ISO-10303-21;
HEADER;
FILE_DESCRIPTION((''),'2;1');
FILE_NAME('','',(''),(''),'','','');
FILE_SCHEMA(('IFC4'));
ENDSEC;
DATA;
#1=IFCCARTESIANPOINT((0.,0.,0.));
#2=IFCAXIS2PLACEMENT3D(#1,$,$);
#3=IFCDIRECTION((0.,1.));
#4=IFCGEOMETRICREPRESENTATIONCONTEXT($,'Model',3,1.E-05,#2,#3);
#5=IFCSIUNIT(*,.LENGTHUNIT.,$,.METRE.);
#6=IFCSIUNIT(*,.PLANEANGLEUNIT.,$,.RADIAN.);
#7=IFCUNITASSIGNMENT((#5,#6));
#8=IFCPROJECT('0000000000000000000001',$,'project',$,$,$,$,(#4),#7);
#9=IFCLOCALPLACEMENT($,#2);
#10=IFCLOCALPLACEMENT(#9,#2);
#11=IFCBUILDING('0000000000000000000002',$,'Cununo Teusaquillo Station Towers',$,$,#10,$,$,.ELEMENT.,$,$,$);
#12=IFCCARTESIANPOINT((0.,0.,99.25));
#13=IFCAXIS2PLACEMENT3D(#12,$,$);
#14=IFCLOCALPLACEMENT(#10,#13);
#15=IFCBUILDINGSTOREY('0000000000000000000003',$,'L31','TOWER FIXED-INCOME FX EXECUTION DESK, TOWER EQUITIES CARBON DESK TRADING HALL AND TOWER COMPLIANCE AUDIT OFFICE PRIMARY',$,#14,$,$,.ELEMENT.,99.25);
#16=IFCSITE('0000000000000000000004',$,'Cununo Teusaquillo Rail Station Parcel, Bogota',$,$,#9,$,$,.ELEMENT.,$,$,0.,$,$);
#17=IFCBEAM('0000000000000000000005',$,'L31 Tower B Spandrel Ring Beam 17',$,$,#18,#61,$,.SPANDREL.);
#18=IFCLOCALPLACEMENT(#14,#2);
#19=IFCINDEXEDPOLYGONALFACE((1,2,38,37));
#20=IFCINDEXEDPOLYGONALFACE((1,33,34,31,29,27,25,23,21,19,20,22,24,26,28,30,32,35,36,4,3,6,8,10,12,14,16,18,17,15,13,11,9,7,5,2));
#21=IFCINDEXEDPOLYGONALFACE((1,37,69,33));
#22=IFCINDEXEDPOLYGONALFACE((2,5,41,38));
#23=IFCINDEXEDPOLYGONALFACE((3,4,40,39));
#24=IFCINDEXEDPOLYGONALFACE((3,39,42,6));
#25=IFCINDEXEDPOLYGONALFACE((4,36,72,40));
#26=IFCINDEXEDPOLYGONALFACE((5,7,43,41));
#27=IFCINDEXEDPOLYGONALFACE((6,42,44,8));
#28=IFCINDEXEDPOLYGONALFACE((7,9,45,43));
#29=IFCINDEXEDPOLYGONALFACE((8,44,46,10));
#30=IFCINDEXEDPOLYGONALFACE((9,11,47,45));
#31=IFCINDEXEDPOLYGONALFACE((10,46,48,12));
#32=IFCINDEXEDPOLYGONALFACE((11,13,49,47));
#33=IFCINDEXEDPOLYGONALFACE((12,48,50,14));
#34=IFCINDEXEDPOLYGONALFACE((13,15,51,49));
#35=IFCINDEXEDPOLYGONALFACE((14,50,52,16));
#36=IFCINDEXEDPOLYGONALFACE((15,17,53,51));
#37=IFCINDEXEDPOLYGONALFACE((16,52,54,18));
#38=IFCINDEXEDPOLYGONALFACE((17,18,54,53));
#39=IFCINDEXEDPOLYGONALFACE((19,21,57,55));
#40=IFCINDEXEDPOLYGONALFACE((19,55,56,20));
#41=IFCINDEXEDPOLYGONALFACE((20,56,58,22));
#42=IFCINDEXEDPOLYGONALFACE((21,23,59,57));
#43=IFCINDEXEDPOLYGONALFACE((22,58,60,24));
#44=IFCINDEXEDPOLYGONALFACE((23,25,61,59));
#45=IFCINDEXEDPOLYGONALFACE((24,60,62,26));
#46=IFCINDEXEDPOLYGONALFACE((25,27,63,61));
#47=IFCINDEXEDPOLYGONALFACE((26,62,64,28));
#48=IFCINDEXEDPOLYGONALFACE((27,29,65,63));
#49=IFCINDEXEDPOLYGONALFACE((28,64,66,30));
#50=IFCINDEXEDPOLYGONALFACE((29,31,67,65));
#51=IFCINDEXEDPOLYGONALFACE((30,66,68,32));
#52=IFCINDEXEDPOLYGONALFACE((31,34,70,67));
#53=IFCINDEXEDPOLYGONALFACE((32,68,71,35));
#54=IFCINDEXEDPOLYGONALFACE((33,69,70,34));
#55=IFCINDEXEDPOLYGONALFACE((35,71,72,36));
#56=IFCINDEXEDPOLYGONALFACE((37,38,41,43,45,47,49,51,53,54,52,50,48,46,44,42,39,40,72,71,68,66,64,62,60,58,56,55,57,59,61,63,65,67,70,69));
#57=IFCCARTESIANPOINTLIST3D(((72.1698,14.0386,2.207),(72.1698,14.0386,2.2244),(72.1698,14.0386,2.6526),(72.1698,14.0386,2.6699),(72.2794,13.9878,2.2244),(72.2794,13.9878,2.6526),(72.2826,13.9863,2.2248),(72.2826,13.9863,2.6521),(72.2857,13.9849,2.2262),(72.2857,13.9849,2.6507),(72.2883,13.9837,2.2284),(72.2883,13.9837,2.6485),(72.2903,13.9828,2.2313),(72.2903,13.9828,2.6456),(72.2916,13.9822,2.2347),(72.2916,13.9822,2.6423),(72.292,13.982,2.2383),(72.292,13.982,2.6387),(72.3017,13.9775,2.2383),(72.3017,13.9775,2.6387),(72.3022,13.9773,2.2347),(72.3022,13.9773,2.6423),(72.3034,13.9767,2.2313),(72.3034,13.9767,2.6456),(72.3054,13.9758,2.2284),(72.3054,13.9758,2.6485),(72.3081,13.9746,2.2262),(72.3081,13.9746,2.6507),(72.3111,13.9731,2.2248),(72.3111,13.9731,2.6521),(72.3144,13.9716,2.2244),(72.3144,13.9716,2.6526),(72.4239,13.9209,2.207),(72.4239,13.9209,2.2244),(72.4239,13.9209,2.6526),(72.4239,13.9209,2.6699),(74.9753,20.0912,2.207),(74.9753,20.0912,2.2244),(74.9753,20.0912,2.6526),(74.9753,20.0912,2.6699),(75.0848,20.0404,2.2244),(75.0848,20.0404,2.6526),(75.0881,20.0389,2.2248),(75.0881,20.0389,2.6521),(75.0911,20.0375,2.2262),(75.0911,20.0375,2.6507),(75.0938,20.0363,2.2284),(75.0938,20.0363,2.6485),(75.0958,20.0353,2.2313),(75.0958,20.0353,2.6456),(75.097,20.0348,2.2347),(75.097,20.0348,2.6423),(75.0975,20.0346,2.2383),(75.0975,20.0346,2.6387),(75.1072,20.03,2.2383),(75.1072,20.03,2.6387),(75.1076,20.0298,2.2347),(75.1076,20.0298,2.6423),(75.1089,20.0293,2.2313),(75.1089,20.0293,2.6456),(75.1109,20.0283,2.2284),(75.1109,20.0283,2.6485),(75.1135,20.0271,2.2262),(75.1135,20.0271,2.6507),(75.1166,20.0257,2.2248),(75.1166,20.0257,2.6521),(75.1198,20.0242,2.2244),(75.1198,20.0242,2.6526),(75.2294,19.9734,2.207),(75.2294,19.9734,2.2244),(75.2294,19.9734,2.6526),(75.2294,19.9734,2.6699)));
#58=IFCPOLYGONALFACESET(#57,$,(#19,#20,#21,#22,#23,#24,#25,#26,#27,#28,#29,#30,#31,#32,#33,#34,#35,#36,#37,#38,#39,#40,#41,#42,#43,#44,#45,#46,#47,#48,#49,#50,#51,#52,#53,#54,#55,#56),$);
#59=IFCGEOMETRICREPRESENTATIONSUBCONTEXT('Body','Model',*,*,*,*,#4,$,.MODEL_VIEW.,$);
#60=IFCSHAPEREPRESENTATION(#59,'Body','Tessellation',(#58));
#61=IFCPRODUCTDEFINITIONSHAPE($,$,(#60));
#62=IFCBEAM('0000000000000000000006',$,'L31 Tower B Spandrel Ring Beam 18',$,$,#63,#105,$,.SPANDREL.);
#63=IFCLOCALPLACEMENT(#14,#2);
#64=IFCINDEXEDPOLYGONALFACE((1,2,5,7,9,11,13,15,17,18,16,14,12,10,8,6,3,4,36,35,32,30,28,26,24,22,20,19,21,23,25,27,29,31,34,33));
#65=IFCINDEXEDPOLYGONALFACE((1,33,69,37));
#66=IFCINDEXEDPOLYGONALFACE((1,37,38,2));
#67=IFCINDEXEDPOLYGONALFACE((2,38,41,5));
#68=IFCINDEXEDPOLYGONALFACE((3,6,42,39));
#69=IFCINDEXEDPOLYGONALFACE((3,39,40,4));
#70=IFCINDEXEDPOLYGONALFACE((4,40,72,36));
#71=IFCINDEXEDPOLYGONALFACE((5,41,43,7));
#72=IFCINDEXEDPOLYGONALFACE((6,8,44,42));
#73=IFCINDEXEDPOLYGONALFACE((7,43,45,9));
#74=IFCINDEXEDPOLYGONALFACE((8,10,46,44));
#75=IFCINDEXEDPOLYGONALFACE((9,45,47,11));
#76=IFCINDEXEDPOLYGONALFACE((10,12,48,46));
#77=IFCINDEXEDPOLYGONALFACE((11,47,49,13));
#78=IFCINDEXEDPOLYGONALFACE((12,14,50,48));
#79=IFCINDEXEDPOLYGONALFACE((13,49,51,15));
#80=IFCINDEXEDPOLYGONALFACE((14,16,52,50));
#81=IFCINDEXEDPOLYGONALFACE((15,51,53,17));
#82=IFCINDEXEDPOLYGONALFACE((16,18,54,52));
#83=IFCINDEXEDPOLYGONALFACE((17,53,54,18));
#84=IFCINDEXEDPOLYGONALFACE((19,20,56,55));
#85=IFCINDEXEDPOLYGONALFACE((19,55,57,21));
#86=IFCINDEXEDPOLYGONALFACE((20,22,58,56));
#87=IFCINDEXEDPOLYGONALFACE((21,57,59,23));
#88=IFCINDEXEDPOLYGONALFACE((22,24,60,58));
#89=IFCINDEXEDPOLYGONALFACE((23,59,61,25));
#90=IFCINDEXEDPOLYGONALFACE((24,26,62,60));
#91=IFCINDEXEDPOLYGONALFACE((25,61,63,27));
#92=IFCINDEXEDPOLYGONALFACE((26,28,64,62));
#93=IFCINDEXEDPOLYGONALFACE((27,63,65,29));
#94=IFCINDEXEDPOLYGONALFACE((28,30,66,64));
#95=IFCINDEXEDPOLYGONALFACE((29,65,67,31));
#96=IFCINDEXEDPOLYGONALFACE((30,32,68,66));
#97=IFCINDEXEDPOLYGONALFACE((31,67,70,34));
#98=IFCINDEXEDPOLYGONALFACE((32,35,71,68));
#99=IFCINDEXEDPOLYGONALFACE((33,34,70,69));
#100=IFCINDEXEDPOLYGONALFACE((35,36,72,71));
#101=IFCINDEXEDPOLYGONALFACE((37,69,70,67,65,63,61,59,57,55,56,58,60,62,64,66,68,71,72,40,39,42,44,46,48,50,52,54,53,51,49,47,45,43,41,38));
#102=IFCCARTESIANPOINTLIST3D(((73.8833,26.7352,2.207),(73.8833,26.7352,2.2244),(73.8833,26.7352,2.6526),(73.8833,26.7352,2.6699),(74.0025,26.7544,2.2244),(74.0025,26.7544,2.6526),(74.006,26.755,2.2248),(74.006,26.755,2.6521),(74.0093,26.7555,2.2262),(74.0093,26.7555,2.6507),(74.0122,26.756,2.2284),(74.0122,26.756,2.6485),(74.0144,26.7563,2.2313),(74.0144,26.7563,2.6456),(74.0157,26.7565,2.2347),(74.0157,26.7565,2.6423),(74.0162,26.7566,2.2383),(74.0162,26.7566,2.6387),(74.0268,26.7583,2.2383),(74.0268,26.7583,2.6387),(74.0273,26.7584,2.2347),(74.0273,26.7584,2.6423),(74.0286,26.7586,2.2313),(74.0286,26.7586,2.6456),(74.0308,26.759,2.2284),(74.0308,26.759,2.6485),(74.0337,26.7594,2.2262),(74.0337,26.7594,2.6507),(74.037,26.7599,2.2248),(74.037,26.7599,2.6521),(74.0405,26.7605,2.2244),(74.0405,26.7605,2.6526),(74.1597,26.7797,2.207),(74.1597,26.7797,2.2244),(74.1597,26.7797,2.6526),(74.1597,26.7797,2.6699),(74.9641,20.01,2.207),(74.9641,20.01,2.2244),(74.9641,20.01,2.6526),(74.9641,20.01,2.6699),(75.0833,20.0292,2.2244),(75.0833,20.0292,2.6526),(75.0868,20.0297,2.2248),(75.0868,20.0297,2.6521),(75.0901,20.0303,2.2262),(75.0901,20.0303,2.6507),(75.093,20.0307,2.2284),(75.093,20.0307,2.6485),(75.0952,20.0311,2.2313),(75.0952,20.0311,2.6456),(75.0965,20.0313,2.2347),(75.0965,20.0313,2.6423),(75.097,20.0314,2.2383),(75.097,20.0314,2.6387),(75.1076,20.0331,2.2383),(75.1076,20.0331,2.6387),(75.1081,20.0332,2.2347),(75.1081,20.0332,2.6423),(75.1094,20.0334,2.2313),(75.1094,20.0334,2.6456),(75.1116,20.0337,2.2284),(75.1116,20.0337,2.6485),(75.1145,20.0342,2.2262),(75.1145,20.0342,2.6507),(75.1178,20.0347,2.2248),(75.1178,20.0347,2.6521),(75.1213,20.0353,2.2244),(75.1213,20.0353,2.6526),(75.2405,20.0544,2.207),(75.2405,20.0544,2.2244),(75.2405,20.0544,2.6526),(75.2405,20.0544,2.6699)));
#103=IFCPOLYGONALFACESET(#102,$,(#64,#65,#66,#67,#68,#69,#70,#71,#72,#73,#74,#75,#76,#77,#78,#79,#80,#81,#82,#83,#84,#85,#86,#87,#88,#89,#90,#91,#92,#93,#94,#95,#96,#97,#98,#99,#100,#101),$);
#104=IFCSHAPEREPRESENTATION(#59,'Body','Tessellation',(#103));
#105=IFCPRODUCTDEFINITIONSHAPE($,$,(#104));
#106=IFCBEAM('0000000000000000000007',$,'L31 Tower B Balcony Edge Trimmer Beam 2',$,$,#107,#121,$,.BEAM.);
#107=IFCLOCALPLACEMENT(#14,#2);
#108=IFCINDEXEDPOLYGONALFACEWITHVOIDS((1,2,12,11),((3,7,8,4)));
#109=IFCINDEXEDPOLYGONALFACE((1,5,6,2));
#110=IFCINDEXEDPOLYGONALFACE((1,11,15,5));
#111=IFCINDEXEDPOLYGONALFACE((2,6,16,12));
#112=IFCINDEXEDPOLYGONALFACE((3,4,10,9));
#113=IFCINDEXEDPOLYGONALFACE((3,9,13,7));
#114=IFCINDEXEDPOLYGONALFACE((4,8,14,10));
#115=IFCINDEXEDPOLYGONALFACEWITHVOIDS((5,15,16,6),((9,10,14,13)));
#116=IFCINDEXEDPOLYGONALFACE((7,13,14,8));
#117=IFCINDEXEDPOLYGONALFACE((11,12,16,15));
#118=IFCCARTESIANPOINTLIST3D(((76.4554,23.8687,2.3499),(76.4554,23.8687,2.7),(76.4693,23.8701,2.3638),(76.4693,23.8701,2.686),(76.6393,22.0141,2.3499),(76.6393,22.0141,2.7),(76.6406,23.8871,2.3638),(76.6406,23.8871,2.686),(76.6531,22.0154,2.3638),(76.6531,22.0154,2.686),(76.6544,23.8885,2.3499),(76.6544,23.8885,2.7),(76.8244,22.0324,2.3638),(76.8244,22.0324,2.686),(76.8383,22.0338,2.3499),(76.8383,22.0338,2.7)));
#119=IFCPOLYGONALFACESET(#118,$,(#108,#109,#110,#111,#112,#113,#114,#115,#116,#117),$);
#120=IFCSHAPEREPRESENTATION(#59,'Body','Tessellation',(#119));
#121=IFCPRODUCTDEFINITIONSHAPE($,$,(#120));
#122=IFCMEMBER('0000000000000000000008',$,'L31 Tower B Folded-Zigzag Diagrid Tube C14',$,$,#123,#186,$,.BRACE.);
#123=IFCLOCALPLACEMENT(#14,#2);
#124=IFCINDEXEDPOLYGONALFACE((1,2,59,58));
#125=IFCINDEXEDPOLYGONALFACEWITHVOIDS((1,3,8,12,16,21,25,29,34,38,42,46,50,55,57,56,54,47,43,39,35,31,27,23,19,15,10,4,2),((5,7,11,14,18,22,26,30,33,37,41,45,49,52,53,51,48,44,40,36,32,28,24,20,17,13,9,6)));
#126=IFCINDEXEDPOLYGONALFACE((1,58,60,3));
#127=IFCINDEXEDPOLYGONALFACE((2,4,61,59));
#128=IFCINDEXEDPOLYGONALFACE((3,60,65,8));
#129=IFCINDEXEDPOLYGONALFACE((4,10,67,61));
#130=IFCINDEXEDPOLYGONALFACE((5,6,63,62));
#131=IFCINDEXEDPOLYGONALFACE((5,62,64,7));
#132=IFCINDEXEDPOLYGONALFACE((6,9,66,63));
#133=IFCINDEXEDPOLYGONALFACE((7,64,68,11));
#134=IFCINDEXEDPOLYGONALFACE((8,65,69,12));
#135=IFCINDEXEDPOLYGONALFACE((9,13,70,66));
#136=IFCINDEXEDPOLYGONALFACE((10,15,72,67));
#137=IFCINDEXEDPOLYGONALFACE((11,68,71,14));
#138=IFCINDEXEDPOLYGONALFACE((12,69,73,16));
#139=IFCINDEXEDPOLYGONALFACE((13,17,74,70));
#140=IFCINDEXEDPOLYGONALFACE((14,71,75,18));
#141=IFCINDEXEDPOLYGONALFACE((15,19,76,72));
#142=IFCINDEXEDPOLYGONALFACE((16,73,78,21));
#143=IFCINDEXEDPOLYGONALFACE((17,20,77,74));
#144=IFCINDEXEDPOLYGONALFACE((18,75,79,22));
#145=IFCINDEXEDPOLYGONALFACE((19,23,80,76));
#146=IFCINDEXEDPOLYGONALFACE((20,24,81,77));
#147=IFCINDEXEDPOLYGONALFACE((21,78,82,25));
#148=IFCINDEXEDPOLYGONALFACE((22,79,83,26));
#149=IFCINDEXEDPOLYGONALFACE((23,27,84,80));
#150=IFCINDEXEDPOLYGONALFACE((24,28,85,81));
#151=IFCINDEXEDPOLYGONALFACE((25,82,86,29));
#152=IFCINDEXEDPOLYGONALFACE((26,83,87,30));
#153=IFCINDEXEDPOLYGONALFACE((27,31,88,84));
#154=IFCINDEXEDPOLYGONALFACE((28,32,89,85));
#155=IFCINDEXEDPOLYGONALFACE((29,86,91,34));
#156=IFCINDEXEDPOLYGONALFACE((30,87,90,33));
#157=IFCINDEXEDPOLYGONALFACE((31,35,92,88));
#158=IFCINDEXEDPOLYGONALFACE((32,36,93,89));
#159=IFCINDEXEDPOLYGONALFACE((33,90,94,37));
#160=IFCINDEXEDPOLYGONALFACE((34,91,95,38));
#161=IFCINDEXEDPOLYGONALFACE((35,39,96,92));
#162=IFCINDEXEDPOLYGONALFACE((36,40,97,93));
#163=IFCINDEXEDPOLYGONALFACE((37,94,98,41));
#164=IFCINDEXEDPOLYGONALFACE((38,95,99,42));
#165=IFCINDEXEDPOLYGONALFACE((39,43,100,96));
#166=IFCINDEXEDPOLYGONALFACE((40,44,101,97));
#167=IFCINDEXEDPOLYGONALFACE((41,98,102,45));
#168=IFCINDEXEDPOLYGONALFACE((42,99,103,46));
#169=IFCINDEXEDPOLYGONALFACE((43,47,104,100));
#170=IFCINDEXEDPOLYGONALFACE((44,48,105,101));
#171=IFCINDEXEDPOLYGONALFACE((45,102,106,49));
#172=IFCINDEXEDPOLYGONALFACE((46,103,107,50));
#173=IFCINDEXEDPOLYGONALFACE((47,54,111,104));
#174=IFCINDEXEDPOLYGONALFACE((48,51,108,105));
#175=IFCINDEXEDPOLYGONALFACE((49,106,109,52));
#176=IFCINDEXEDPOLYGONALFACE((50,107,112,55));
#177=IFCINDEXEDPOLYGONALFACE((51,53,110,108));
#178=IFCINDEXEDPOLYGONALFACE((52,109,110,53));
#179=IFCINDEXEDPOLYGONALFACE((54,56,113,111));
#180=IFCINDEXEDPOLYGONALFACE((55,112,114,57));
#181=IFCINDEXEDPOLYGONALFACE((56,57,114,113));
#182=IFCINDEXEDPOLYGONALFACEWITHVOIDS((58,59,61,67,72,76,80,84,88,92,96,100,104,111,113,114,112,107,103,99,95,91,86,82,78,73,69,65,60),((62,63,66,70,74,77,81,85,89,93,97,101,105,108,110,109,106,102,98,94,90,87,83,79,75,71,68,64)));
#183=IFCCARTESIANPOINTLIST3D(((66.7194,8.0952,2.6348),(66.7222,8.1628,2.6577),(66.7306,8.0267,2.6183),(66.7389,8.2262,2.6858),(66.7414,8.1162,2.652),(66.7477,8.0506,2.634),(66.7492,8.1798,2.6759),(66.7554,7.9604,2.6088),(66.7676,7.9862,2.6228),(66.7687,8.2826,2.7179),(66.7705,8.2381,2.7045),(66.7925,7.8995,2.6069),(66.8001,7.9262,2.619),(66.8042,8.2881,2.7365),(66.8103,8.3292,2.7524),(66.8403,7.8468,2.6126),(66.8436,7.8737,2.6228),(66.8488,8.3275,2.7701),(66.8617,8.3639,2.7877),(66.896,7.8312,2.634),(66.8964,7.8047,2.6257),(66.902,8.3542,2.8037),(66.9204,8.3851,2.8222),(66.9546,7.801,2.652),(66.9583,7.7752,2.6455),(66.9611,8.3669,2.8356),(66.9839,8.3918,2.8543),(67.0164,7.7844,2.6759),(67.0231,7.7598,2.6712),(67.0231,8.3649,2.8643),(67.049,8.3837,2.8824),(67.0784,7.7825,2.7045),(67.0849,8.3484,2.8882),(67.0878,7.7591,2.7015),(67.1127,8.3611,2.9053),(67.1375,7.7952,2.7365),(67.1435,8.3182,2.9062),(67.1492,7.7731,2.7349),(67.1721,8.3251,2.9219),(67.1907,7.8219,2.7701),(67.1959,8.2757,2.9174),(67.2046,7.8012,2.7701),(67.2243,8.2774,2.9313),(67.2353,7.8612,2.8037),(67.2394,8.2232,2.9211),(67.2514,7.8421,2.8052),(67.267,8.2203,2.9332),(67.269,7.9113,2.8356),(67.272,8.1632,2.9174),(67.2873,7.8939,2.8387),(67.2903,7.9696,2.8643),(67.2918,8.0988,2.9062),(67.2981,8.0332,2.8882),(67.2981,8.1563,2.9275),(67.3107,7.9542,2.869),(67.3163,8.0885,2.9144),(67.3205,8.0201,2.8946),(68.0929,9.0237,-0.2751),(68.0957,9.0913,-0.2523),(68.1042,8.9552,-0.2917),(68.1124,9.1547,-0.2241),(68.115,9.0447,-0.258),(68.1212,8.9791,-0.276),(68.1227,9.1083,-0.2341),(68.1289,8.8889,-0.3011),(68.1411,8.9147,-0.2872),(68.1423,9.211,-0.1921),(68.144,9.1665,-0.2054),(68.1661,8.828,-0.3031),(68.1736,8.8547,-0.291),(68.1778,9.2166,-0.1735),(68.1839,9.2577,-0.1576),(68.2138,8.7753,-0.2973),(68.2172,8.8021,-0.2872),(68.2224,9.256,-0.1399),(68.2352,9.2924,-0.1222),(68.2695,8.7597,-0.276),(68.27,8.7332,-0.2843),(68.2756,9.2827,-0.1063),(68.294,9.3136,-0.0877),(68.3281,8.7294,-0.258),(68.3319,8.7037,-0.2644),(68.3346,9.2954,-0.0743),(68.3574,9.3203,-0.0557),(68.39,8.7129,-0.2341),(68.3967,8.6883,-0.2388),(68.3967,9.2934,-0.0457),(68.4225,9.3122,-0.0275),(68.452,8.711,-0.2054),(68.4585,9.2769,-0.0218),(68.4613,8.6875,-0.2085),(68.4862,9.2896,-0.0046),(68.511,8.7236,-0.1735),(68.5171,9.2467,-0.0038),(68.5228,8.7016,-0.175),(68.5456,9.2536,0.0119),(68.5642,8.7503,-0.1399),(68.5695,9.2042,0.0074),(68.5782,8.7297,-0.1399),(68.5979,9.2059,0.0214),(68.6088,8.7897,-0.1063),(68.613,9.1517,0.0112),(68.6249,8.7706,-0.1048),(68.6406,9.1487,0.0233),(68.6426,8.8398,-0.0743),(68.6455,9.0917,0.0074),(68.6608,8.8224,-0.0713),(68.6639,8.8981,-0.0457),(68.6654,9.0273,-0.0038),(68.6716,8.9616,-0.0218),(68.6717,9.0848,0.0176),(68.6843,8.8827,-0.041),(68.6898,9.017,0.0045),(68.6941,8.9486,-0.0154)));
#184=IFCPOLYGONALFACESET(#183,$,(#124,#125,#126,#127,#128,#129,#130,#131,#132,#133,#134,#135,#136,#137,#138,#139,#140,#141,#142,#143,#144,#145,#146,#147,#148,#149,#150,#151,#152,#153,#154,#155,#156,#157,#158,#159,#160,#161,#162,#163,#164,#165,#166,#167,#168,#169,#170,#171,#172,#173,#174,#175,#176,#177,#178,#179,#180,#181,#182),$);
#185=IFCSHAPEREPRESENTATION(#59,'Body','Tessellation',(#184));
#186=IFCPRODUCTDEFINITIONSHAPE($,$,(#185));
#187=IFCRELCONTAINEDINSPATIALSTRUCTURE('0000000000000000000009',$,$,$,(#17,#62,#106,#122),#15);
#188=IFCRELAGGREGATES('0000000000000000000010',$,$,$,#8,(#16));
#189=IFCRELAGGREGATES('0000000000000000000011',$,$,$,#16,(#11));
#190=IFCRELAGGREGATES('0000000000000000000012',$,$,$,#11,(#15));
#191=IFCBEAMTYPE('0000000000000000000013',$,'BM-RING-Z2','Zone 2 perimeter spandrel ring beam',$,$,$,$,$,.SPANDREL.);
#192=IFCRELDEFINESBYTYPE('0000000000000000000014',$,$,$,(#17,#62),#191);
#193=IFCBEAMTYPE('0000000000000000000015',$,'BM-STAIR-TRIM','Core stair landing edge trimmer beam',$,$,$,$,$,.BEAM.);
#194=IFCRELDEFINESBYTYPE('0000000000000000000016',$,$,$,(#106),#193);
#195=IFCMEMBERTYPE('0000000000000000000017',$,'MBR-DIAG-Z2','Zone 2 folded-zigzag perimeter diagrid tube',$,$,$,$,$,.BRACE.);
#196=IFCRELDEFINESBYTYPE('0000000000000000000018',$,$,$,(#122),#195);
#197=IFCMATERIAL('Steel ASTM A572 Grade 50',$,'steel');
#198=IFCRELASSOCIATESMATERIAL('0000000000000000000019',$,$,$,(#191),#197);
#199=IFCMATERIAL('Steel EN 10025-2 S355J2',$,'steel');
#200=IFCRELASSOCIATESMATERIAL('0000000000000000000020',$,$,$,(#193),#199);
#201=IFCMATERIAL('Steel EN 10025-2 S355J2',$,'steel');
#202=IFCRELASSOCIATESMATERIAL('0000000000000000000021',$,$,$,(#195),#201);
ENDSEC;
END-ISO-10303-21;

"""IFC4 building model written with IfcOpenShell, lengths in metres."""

from ifc_helpers import new_model, si_unit, direction, frame, origin, origin_2d, place, context, subcontext, project, spatial, hollow_rectangle, hollow_circle, i_section, extrude, material, material_profile, profile_set, type_object, element, save


model = new_model("IFC4")

# Units and contexts
model_context = context("Model", 3, precision=1e-05, world=origin(), true_north=direction((0.0, 1.0)))
body_context = subcontext(model_context, "Body", "Model", "MODEL_VIEW")
ifc_project = project(units=[si_unit("LENGTHUNIT", "METRE"), si_unit("PLANEANGLEUNIT", "RADIAN")], contexts=[model_context])

# Site, building, storey
site_placement = place(None, origin())
site = spatial("IfcSite", under=ifc_project, at=site_placement, Name="Cununo Teusaquillo Rail Station Parcel, Bogota", CompositionType="ELEMENT", RefElevation=0.0)
building_placement = place(site_placement, origin())
building = spatial("IfcBuilding", under=site, at=building_placement, Name="Cununo Teusaquillo Station Towers", CompositionType="ELEMENT")
storey_placement = place(building_placement, frame((0.0, 0.0, 99.25)))
storey = spatial("IfcBuildingStorey", under=building, at=storey_placement, Name="L31", Description="TOWER FIXED-INCOME FX EXECUTION DESK, TOWER EQUITIES CARBON DESK TRADING HALL AND TOWER COMPLIANCE AUDIT OFFICE PRIMARY", CompositionType="ELEMENT", Elevation=99.25)

# Beams
ifc_material_1 = material(Name="Steel ASTM A572 Grade 50", Category="steel")
ifc_material_profile_1 = material_profile(ifc_material_1, i_section(OverallWidth=0.28, OverallDepth=0.4629, WebThickness=0.0107, FlangeThickness=0.0173, FilletRadius=0.0139, at=origin_2d()), Name="W18X76")
ifc_profile_set_1 = profile_set([ifc_material_profile_1], Name="Steel ASTM A572 Grade 50")
beam_type_1 = type_object("IfcBeamType", Name="BM-RING-Z2", Description="Zone 2 perimeter spandrel ring beam", PredefinedType="SPANDREL", material=ifc_profile_set_1)
beam_1_placement = place(storey_placement, frame((72.2969, 13.9797, 2.4385), z_axis=(0.420536, 0.907276, 0.0), x_axis=(-0.907276, 0.420536, 0.0)))
element("IfcBeam", 1, at=beam_1_placement, inside=storey, type_object=beam_type_1, Name="L31 Tower B Spandrel Ring Beam 17", PredefinedType="SPANDREL", context=body_context, shape_type="SweptSolid", body=[
    extrude(i_section(OverallWidth=0.28, OverallDepth=0.4629, WebThickness=0.0107, FlangeThickness=0.0173, FilletRadius=0.0139, at=origin_2d()), origin(), (0.0, 0.0, 1.0), 6.6711),
])
beam_2_placement = place(storey_placement, frame((75.1023, 20.0322, 2.4385), z_axis=(-0.158671, 0.987331, 0.0), x_axis=(-0.987331, -0.158671, 0.0)))
element("IfcBeam", 2, at=beam_2_placement, inside=storey, type_object=beam_type_1, Name="L31 Tower B Spandrel Ring Beam 18", PredefinedType="SPANDREL", context=body_context, shape_type="SweptSolid", body=[
    extrude(i_section(OverallWidth=0.28, OverallDepth=0.4629, WebThickness=0.0107, FlangeThickness=0.0173, FilletRadius=0.0139, at=origin_2d()), origin(), (0.0, 0.0, 1.0), 6.8115),
])
ifc_material_2 = material(Name="Steel EN 10025-2 S355J2", Category="steel")
ifc_material_profile_2 = material_profile(ifc_material_2, hollow_rectangle(XDim=0.2, YDim=0.3501, WallThickness=0.0139, at=origin_2d()), Name="RHS 350x200x14")
ifc_profile_set_2 = profile_set([ifc_material_profile_2], Name="Steel EN 10025-2 S355J2")
beam_type_2 = type_object("IfcBeamType", Name="BM-STAIR-TRIM", Description="Core stair landing edge trimmer beam", PredefinedType="BEAM", material=ifc_profile_set_2)
beam_3_placement = place(storey_placement, frame((76.7388, 22.0239, 2.5249), z_axis=(-0.098635, 0.995124, 0.0), x_axis=(-0.995124, -0.098635, 0.0)))
element("IfcBeam", 3, at=beam_3_placement, inside=storey, type_object=beam_type_2, Name="L31 Tower B Balcony Edge Trimmer Beam 2", PredefinedType="BEAM", context=body_context, shape_type="SweptSolid", body=[
    extrude(hollow_rectangle(XDim=0.2, YDim=0.3501, WallThickness=0.0139, at=origin_2d()), origin(), (0.0, 0.0, 1.0), 1.8638),
])

# Member
ifc_material_3 = material(Name="Steel EN 10025-2 S355J2", Category="steel")
ifc_material_profile_3 = material_profile(ifc_material_3, hollow_circle(Radius=0.3301, WallThickness=0.0249, at=origin_2d()), Name="CHS 660x25")
ifc_profile_set_3 = profile_set([ifc_material_profile_3], Name="Steel EN 10025-2 S355J2")
member_type = type_object("IfcMemberType", Name="MBR-DIAG-Z2", Description="Zone 2 folded-zigzag perimeter diagrid tube", PredefinedType="BRACE", material=ifc_profile_set_3)
member_1_placement = place(storey_placement, frame((68.3933, 9.0032, -0.1399), z_axis=(-0.410125, -0.277232, 0.868873), x_axis=(0.560024, -0.828476, 0.0)))
element("IfcMember", 4, at=member_1_placement, inside=storey, type_object=member_type, Name="L31 Tower B Folded-Zigzag Diagrid Tube C14", PredefinedType="BRACE", context=body_context, shape_type="SweptSolid", body=[
    extrude(hollow_circle(Radius=0.3301, WallThickness=0.0249, at=origin_2d()), origin(), (0.0, 0.0, 1.0), 3.3491),
])

save(model, "model.ifc")
